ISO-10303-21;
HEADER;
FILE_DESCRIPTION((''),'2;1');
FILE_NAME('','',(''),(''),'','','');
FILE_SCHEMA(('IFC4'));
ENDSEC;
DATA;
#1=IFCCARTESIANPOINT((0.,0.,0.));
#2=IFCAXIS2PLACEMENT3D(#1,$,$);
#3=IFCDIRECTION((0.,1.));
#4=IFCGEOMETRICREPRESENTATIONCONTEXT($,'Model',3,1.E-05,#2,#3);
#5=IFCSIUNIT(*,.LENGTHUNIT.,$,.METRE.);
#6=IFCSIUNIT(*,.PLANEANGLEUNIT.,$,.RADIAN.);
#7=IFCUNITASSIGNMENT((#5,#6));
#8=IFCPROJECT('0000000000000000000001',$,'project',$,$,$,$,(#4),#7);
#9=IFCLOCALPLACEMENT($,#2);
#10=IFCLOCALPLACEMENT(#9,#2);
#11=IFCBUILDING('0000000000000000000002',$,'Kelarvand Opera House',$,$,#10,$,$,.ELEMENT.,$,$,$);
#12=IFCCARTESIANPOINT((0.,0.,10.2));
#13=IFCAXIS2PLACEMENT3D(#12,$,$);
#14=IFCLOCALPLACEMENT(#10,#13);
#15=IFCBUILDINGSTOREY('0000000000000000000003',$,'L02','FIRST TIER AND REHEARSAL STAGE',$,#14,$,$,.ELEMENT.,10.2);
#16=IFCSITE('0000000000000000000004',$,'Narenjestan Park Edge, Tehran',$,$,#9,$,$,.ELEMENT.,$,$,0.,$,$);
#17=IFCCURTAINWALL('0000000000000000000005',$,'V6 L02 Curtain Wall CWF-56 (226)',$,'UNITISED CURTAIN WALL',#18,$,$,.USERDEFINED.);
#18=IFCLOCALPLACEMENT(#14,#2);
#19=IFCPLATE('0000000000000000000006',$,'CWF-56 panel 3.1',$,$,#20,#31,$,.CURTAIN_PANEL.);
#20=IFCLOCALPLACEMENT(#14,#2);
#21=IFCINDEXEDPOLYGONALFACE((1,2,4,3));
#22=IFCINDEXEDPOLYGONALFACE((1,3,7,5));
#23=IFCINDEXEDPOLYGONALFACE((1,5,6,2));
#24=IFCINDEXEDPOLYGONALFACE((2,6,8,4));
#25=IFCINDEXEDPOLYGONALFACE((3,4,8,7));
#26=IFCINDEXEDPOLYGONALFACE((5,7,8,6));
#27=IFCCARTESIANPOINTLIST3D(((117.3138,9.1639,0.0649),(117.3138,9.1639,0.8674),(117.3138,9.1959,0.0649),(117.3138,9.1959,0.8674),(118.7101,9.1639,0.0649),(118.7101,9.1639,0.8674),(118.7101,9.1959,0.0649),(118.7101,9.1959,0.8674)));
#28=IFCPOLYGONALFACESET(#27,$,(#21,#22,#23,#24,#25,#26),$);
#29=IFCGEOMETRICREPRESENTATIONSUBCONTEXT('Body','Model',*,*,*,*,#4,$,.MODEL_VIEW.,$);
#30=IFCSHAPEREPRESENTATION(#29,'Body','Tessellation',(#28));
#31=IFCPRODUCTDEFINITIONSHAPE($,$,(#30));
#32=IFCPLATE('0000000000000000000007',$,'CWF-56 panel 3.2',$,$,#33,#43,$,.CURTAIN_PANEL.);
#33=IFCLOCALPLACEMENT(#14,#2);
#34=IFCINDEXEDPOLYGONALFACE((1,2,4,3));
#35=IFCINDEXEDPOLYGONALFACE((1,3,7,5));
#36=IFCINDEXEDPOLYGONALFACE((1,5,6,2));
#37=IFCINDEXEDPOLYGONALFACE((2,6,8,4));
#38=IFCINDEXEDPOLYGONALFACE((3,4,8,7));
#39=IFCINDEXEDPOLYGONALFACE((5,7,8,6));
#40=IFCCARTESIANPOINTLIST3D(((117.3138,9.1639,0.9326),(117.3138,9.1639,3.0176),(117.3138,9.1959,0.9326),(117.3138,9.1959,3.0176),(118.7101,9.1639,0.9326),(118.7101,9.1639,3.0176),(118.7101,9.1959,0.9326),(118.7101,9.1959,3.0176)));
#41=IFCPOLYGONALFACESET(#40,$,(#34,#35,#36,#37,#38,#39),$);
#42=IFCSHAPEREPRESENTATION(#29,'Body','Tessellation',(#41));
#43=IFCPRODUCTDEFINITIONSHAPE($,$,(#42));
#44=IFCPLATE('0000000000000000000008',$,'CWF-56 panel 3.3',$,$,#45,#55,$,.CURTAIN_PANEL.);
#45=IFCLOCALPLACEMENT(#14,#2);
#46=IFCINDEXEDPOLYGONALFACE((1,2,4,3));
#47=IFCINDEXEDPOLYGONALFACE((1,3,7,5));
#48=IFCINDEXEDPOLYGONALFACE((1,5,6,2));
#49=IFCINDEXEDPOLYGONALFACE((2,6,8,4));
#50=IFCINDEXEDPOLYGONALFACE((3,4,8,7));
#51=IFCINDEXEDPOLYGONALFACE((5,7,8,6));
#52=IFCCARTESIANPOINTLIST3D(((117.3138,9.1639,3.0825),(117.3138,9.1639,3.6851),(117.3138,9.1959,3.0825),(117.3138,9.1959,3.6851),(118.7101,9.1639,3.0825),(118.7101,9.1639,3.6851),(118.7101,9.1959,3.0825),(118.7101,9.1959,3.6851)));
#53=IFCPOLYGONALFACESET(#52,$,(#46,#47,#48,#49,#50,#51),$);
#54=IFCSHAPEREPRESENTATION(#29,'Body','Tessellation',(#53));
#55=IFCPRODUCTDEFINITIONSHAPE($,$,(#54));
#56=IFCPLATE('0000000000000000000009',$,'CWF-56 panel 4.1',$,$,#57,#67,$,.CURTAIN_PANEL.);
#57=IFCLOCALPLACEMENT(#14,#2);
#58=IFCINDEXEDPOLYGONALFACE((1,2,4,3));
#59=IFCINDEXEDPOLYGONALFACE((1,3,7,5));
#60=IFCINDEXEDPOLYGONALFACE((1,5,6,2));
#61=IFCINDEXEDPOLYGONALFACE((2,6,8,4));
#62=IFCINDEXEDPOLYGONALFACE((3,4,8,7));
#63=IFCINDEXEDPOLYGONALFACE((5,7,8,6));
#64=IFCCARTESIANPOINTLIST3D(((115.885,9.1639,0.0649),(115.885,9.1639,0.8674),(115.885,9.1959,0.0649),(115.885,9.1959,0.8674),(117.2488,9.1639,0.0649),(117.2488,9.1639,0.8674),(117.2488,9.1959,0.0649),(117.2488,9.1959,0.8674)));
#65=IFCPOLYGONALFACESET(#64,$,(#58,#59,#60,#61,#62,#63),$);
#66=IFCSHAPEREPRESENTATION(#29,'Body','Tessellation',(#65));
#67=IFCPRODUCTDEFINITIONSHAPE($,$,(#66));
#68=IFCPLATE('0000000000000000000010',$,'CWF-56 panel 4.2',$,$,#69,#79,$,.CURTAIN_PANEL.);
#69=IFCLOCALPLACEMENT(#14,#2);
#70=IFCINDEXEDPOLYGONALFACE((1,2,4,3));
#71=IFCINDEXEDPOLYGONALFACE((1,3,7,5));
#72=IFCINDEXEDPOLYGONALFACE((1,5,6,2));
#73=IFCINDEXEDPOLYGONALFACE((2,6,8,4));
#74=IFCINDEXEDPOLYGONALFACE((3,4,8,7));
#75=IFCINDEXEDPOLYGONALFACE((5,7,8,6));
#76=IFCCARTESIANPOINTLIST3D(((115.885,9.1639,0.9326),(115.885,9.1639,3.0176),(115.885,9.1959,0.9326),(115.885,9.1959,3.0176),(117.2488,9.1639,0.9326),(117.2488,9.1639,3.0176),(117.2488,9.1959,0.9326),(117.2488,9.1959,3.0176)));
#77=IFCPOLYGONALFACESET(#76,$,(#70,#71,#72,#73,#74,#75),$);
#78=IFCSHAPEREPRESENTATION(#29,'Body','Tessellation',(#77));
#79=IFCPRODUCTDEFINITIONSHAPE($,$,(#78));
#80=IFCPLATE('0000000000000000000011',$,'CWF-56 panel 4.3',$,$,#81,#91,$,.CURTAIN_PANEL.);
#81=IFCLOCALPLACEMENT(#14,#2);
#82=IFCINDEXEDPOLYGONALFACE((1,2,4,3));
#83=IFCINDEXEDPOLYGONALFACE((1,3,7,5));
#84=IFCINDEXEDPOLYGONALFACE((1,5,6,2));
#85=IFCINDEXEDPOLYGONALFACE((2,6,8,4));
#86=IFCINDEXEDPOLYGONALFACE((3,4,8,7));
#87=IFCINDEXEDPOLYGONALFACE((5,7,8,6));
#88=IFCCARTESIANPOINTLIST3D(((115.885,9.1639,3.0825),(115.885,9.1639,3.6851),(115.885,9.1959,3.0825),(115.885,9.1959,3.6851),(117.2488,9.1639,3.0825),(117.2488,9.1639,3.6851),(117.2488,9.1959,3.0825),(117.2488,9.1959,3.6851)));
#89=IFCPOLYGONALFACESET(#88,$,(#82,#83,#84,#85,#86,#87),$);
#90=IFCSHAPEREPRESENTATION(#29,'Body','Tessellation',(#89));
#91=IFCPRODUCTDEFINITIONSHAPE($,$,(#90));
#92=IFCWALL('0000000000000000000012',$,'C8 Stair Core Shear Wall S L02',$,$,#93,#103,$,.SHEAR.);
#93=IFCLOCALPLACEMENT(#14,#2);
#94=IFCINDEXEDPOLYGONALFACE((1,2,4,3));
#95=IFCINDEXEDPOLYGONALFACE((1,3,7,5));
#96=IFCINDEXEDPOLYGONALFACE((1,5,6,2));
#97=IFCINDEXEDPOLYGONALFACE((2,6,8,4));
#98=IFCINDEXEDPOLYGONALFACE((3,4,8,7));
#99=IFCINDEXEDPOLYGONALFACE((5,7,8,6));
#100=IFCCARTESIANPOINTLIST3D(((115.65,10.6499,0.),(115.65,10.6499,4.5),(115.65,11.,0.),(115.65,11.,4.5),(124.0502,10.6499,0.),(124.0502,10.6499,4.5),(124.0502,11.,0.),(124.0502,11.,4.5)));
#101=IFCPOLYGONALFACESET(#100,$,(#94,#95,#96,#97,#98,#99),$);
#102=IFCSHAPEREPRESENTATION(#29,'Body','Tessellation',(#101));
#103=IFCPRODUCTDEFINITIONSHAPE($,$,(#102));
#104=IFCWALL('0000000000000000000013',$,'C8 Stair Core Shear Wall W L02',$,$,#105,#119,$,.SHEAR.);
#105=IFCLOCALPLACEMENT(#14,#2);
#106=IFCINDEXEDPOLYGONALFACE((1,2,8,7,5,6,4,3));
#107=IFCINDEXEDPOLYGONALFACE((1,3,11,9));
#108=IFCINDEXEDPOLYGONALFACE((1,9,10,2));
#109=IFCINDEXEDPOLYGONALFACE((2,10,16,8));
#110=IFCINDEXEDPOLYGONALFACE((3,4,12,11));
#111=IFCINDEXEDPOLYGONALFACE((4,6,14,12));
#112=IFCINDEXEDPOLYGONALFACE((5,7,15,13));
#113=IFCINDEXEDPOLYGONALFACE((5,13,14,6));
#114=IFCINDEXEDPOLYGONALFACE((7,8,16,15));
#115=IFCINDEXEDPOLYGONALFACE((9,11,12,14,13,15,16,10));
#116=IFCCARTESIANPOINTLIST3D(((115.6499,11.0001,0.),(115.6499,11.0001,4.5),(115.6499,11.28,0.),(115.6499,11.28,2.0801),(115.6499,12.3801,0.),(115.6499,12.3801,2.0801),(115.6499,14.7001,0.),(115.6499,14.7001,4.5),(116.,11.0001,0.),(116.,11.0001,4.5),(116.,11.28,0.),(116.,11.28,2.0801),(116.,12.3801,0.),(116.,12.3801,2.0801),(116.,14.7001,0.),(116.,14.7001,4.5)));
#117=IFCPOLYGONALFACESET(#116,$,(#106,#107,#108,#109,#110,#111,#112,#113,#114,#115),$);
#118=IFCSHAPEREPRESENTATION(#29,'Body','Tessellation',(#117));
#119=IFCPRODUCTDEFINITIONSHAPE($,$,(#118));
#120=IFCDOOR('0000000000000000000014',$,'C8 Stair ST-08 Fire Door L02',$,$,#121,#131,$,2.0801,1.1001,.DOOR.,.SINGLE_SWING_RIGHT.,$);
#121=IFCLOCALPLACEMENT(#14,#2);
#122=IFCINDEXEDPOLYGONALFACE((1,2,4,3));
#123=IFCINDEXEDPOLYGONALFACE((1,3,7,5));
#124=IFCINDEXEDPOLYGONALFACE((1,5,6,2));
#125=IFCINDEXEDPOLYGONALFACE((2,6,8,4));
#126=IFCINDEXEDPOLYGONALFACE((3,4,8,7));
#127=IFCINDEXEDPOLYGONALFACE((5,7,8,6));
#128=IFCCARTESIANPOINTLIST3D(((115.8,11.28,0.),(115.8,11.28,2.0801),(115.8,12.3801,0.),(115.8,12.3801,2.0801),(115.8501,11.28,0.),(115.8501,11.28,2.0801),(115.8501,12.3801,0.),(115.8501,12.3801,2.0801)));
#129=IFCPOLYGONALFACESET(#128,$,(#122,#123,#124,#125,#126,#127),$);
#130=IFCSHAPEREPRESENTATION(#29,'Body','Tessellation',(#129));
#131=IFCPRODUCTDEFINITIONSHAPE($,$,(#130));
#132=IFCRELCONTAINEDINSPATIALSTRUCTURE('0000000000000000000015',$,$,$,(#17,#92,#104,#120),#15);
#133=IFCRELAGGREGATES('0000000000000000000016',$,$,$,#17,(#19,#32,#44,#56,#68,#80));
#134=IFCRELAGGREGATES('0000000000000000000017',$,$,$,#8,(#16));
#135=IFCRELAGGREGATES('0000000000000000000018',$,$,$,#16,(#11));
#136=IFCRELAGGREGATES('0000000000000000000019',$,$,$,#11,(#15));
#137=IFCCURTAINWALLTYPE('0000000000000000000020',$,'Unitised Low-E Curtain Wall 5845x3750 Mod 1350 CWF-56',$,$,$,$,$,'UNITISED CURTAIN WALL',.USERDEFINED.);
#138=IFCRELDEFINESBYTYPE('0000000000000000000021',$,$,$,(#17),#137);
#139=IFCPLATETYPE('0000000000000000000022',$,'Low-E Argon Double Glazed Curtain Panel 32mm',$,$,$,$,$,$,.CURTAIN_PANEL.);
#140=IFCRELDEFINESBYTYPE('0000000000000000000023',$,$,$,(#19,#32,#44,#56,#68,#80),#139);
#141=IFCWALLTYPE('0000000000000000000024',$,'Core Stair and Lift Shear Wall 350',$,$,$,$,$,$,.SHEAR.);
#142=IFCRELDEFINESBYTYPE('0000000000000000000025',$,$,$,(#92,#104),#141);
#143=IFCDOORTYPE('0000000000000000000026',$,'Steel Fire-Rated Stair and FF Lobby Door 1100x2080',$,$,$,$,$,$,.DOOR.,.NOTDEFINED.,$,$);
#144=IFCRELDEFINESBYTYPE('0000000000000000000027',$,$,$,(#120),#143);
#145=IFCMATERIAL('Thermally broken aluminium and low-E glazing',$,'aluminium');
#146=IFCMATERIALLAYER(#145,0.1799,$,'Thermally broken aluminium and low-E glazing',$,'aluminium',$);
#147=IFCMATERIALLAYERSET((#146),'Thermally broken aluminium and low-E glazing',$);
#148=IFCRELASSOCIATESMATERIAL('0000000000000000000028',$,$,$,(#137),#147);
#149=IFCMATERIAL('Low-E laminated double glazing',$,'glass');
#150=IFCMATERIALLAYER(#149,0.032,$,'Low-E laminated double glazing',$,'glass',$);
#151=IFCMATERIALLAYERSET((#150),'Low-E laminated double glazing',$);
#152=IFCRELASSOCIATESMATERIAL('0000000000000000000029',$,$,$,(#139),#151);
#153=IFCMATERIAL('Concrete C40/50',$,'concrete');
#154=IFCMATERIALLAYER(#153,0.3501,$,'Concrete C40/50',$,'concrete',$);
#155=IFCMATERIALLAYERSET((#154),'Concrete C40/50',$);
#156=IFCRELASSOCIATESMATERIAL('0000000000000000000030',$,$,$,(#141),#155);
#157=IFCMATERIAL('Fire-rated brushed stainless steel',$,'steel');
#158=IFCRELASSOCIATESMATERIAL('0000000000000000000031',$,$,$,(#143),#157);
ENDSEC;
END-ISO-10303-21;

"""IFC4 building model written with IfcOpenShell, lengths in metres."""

from ifc_helpers import new_model, si_unit, direction, frame, frame_2d, origin, origin_2d, place, context, subcontext, project, spatial, rectangle, extrude, material, layer, layer_set, type_object, element, fill, aggregate, save


model = new_model("IFC4")

# Units and contexts
model_context = context("Model", 3, precision=1e-05, world=origin(), true_north=direction((0.0, 1.0)))
body_context = subcontext(model_context, "Body", "Model", "MODEL_VIEW")
ifc_project = project(units=[si_unit("LENGTHUNIT", "METRE"), si_unit("PLANEANGLEUNIT", "RADIAN")], contexts=[model_context])

# Site, building, storey
site_placement = place(None, origin())
site = spatial("IfcSite", under=ifc_project, at=site_placement, Name="Narenjestan Park Edge, Tehran", CompositionType="ELEMENT", RefElevation=0.0)
building_placement = place(site_placement, origin())
building = spatial("IfcBuilding", under=site, at=building_placement, Name="Kelarvand Opera House", CompositionType="ELEMENT")
storey_placement = place(building_placement, frame((0.0, 0.0, 10.2)))
storey = spatial("IfcBuildingStorey", under=building, at=storey_placement, Name="L02", Description="FIRST TIER AND REHEARSAL STAGE", CompositionType="ELEMENT", Elevation=10.2)

# Curtain wall
ifc_material_1 = material(Name="Thermally broken aluminium and low-E glazing", Category="aluminium")
ifc_layer_1 = layer(ifc_material_1, 0.1799, Name="Thermally broken aluminium and low-E glazing", Category="aluminium")
ifc_layer_set_1 = layer_set([ifc_layer_1], Name="Thermally broken aluminium and low-E glazing")
curtain_wall_type = type_object("IfcCurtainWallType", Name="Unitised Low-E Curtain Wall 5845x3750 Mod 1350 CWF-56", ElementType="UNITISED CURTAIN WALL", PredefinedType="USERDEFINED", material=ifc_layer_set_1)
curtain_wall_placement = place(storey_placement, origin())
curtain_wall = element("IfcCurtainWall", 1, at=curtain_wall_placement, inside=storey, type_object=curtain_wall_type, Name="V6 L02 Curtain Wall CWF-56 (226)", ObjectType="UNITISED CURTAIN WALL", PredefinedType="USERDEFINED")

# Shared definitions
ifc_material_2 = material(Name="Concrete C40/50", Category="concrete")

# Plates
ifc_material_3 = material(Name="Low-E laminated double glazing", Category="glass")
ifc_layer_2 = layer(ifc_material_3, 0.032, Name="Low-E laminated double glazing", Category="glass")
ifc_layer_set_2 = layer_set([ifc_layer_2], Name="Low-E laminated double glazing")
plate_type = type_object("IfcPlateType", Name="Low-E Argon Double Glazed Curtain Panel 32mm", PredefinedType="CURTAIN_PANEL", material=ifc_layer_set_2)
plate_1_placement = place(storey_placement, frame((118.012, 9.1799, 0.0649), z_axis=(0.0, 0.0, 1.0), x_axis=(-1.0, 0.0, 0.0)))
plate_1 = element("IfcPlate", 2, at=plate_1_placement, type_object=plate_type, Name="CWF-56 panel 3.1", PredefinedType="CURTAIN_PANEL", context=body_context, shape_type="SweptSolid", body=[
    extrude(rectangle(XDim=1.3962, YDim=0.032, at=origin_2d()), origin(), (0.0, 0.0, 1.0), 0.8025),
])
plate_2_placement = place(storey_placement, frame((118.012, 9.1799, 0.9326), z_axis=(0.0, 0.0, 1.0), x_axis=(-1.0, 0.0, 0.0)))
plate_2 = element("IfcPlate", 3, at=plate_2_placement, type_object=plate_type, Name="CWF-56 panel 3.2", PredefinedType="CURTAIN_PANEL", context=body_context, shape_type="SweptSolid", body=[
    extrude(rectangle(XDim=1.3962, YDim=0.032, at=origin_2d()), origin(), (0.0, 0.0, 1.0), 2.085),
])
plate_3_placement = place(storey_placement, frame((118.012, 9.1799, 3.0825), z_axis=(0.0, 0.0, 1.0), x_axis=(-1.0, 0.0, 0.0)))
plate_3 = element("IfcPlate", 4, at=plate_3_placement, type_object=plate_type, Name="CWF-56 panel 3.3", PredefinedType="CURTAIN_PANEL", context=body_context, shape_type="SweptSolid", body=[
    extrude(rectangle(XDim=1.3962, YDim=0.032, at=origin_2d()), origin(), (0.0, 0.0, 1.0), 0.6025),
])
plate_4_placement = place(storey_placement, frame((116.5669, 9.1799, 0.0649), z_axis=(0.0, 0.0, 1.0), x_axis=(-1.0, 0.0, 0.0)))
plate_4 = element("IfcPlate", 5, at=plate_4_placement, type_object=plate_type, Name="CWF-56 panel 4.1", PredefinedType="CURTAIN_PANEL", context=body_context, shape_type="SweptSolid", body=[
    extrude(rectangle(XDim=1.3638, YDim=0.032, at=origin_2d()), origin(), (0.0, 0.0, 1.0), 0.8025),
])
plate_5_placement = place(storey_placement, frame((116.5669, 9.1799, 0.9326), z_axis=(0.0, 0.0, 1.0), x_axis=(-1.0, 0.0, 0.0)))
plate_5 = element("IfcPlate", 6, at=plate_5_placement, type_object=plate_type, Name="CWF-56 panel 4.2", PredefinedType="CURTAIN_PANEL", context=body_context, shape_type="SweptSolid", body=[
    extrude(rectangle(XDim=1.3638, YDim=0.032, at=origin_2d()), origin(), (0.0, 0.0, 1.0), 2.085),
])
plate_6_placement = place(storey_placement, frame((116.5669, 9.1799, 3.0825), z_axis=(0.0, 0.0, 1.0), x_axis=(-1.0, 0.0, 0.0)))
plate_6 = element("IfcPlate", 7, at=plate_6_placement, type_object=plate_type, Name="CWF-56 panel 4.3", PredefinedType="CURTAIN_PANEL", context=body_context, shape_type="SweptSolid", body=[
    extrude(rectangle(XDim=1.3638, YDim=0.032, at=origin_2d()), origin(), (0.0, 0.0, 1.0), 0.6025),
])
aggregate(curtain_wall, [plate_1, plate_2, plate_3, plate_4, plate_5, plate_6])

# Wall
ifc_layer_3 = layer(ifc_material_2, 0.3501, Name="Concrete C40/50", Category="concrete")
ifc_layer_set_3 = layer_set([ifc_layer_3], Name="Concrete C40/50")
wall_type = type_object("IfcWallType", Name="Core Stair and Lift Shear Wall 350", PredefinedType="SHEAR", material=ifc_layer_set_3)
wall_1_placement = place(storey_placement, frame((115.6499, 10.825, 0.0), z_axis=(0.0, 0.0, 1.0), x_axis=(1.0, 0.0, 0.0)))
element("IfcWall", 8, at=wall_1_placement, inside=storey, type_object=wall_type, Name="C8 Stair Core Shear Wall S L02", PredefinedType="SHEAR", context=body_context, shape_type="SweptSolid", body=[
    extrude(rectangle(XDim=8.4001, YDim=0.3501, at=frame_2d((4.2002, 0.0))), origin(), (0.0, 0.0, 1.0), 4.5),
])

# Wall, opening, door
wall_2_placement = place(storey_placement, frame((115.825, 11.0, 0.0), z_axis=(0.0, 0.0, 1.0), x_axis=(0.0, 1.0, 0.0)))
wall_2 = element("IfcWall", 9, at=wall_2_placement, inside=storey, type_object=wall_type, Name="C8 Stair Core Shear Wall W L02", PredefinedType="SHEAR", context=body_context, shape_type="SweptSolid", body=[
    extrude(rectangle(XDim=3.7, YDim=0.3501, at=frame_2d((1.8501, 0.0))), origin(), (0.0, 0.0, 1.0), 4.5),
])
opening_placement = place(wall_2_placement, frame((0.28, 0.0, 0.0)))
opening = element("IfcOpeningElement", 10, at=opening_placement, cuts=wall_2, PredefinedType="OPENING", context=body_context, shape_type="SweptSolid", body=[
    extrude(rectangle(XDim=1.1001, YDim=2.0801, at=frame_2d((0.55, 1.04))), frame((0.0, 0.1851, 0.0), z_axis=(0.0, -1.0, 0.0), x_axis=(1.0, 0.0, 0.0)), (0.0, 0.0, 1.0), 0.3701),
])
ifc_material_4 = material(Name="Fire-rated brushed stainless steel", Category="steel")
door_type = type_object("IfcDoorType", Name="Steel Fire-Rated Stair and FF Lobby Door 1100x2080", OperationType="NOTDEFINED", PredefinedType="DOOR", material=ifc_material_4)
door_placement = place(opening_placement, origin())
door = element("IfcDoor", 11, at=door_placement, inside=storey, type_object=door_type, Name="C8 Stair ST-08 Fire Door L02", OperationType="SINGLE_SWING_RIGHT", OverallHeight=2.0801, OverallWidth=1.1001, PredefinedType="DOOR", context=body_context, shape_type="SweptSolid", body=[
    extrude(rectangle(XDim=1.1001, YDim=2.0801, at=frame_2d((0.55, 1.04))), frame((0.0, 0.0249, 0.0), z_axis=(0.0, -1.0, 0.0), x_axis=(1.0, 0.0, 0.0)), (0.0, 0.0, 1.0), 0.05),
])
fill(opening, door)

save(model, "model.ifc")
